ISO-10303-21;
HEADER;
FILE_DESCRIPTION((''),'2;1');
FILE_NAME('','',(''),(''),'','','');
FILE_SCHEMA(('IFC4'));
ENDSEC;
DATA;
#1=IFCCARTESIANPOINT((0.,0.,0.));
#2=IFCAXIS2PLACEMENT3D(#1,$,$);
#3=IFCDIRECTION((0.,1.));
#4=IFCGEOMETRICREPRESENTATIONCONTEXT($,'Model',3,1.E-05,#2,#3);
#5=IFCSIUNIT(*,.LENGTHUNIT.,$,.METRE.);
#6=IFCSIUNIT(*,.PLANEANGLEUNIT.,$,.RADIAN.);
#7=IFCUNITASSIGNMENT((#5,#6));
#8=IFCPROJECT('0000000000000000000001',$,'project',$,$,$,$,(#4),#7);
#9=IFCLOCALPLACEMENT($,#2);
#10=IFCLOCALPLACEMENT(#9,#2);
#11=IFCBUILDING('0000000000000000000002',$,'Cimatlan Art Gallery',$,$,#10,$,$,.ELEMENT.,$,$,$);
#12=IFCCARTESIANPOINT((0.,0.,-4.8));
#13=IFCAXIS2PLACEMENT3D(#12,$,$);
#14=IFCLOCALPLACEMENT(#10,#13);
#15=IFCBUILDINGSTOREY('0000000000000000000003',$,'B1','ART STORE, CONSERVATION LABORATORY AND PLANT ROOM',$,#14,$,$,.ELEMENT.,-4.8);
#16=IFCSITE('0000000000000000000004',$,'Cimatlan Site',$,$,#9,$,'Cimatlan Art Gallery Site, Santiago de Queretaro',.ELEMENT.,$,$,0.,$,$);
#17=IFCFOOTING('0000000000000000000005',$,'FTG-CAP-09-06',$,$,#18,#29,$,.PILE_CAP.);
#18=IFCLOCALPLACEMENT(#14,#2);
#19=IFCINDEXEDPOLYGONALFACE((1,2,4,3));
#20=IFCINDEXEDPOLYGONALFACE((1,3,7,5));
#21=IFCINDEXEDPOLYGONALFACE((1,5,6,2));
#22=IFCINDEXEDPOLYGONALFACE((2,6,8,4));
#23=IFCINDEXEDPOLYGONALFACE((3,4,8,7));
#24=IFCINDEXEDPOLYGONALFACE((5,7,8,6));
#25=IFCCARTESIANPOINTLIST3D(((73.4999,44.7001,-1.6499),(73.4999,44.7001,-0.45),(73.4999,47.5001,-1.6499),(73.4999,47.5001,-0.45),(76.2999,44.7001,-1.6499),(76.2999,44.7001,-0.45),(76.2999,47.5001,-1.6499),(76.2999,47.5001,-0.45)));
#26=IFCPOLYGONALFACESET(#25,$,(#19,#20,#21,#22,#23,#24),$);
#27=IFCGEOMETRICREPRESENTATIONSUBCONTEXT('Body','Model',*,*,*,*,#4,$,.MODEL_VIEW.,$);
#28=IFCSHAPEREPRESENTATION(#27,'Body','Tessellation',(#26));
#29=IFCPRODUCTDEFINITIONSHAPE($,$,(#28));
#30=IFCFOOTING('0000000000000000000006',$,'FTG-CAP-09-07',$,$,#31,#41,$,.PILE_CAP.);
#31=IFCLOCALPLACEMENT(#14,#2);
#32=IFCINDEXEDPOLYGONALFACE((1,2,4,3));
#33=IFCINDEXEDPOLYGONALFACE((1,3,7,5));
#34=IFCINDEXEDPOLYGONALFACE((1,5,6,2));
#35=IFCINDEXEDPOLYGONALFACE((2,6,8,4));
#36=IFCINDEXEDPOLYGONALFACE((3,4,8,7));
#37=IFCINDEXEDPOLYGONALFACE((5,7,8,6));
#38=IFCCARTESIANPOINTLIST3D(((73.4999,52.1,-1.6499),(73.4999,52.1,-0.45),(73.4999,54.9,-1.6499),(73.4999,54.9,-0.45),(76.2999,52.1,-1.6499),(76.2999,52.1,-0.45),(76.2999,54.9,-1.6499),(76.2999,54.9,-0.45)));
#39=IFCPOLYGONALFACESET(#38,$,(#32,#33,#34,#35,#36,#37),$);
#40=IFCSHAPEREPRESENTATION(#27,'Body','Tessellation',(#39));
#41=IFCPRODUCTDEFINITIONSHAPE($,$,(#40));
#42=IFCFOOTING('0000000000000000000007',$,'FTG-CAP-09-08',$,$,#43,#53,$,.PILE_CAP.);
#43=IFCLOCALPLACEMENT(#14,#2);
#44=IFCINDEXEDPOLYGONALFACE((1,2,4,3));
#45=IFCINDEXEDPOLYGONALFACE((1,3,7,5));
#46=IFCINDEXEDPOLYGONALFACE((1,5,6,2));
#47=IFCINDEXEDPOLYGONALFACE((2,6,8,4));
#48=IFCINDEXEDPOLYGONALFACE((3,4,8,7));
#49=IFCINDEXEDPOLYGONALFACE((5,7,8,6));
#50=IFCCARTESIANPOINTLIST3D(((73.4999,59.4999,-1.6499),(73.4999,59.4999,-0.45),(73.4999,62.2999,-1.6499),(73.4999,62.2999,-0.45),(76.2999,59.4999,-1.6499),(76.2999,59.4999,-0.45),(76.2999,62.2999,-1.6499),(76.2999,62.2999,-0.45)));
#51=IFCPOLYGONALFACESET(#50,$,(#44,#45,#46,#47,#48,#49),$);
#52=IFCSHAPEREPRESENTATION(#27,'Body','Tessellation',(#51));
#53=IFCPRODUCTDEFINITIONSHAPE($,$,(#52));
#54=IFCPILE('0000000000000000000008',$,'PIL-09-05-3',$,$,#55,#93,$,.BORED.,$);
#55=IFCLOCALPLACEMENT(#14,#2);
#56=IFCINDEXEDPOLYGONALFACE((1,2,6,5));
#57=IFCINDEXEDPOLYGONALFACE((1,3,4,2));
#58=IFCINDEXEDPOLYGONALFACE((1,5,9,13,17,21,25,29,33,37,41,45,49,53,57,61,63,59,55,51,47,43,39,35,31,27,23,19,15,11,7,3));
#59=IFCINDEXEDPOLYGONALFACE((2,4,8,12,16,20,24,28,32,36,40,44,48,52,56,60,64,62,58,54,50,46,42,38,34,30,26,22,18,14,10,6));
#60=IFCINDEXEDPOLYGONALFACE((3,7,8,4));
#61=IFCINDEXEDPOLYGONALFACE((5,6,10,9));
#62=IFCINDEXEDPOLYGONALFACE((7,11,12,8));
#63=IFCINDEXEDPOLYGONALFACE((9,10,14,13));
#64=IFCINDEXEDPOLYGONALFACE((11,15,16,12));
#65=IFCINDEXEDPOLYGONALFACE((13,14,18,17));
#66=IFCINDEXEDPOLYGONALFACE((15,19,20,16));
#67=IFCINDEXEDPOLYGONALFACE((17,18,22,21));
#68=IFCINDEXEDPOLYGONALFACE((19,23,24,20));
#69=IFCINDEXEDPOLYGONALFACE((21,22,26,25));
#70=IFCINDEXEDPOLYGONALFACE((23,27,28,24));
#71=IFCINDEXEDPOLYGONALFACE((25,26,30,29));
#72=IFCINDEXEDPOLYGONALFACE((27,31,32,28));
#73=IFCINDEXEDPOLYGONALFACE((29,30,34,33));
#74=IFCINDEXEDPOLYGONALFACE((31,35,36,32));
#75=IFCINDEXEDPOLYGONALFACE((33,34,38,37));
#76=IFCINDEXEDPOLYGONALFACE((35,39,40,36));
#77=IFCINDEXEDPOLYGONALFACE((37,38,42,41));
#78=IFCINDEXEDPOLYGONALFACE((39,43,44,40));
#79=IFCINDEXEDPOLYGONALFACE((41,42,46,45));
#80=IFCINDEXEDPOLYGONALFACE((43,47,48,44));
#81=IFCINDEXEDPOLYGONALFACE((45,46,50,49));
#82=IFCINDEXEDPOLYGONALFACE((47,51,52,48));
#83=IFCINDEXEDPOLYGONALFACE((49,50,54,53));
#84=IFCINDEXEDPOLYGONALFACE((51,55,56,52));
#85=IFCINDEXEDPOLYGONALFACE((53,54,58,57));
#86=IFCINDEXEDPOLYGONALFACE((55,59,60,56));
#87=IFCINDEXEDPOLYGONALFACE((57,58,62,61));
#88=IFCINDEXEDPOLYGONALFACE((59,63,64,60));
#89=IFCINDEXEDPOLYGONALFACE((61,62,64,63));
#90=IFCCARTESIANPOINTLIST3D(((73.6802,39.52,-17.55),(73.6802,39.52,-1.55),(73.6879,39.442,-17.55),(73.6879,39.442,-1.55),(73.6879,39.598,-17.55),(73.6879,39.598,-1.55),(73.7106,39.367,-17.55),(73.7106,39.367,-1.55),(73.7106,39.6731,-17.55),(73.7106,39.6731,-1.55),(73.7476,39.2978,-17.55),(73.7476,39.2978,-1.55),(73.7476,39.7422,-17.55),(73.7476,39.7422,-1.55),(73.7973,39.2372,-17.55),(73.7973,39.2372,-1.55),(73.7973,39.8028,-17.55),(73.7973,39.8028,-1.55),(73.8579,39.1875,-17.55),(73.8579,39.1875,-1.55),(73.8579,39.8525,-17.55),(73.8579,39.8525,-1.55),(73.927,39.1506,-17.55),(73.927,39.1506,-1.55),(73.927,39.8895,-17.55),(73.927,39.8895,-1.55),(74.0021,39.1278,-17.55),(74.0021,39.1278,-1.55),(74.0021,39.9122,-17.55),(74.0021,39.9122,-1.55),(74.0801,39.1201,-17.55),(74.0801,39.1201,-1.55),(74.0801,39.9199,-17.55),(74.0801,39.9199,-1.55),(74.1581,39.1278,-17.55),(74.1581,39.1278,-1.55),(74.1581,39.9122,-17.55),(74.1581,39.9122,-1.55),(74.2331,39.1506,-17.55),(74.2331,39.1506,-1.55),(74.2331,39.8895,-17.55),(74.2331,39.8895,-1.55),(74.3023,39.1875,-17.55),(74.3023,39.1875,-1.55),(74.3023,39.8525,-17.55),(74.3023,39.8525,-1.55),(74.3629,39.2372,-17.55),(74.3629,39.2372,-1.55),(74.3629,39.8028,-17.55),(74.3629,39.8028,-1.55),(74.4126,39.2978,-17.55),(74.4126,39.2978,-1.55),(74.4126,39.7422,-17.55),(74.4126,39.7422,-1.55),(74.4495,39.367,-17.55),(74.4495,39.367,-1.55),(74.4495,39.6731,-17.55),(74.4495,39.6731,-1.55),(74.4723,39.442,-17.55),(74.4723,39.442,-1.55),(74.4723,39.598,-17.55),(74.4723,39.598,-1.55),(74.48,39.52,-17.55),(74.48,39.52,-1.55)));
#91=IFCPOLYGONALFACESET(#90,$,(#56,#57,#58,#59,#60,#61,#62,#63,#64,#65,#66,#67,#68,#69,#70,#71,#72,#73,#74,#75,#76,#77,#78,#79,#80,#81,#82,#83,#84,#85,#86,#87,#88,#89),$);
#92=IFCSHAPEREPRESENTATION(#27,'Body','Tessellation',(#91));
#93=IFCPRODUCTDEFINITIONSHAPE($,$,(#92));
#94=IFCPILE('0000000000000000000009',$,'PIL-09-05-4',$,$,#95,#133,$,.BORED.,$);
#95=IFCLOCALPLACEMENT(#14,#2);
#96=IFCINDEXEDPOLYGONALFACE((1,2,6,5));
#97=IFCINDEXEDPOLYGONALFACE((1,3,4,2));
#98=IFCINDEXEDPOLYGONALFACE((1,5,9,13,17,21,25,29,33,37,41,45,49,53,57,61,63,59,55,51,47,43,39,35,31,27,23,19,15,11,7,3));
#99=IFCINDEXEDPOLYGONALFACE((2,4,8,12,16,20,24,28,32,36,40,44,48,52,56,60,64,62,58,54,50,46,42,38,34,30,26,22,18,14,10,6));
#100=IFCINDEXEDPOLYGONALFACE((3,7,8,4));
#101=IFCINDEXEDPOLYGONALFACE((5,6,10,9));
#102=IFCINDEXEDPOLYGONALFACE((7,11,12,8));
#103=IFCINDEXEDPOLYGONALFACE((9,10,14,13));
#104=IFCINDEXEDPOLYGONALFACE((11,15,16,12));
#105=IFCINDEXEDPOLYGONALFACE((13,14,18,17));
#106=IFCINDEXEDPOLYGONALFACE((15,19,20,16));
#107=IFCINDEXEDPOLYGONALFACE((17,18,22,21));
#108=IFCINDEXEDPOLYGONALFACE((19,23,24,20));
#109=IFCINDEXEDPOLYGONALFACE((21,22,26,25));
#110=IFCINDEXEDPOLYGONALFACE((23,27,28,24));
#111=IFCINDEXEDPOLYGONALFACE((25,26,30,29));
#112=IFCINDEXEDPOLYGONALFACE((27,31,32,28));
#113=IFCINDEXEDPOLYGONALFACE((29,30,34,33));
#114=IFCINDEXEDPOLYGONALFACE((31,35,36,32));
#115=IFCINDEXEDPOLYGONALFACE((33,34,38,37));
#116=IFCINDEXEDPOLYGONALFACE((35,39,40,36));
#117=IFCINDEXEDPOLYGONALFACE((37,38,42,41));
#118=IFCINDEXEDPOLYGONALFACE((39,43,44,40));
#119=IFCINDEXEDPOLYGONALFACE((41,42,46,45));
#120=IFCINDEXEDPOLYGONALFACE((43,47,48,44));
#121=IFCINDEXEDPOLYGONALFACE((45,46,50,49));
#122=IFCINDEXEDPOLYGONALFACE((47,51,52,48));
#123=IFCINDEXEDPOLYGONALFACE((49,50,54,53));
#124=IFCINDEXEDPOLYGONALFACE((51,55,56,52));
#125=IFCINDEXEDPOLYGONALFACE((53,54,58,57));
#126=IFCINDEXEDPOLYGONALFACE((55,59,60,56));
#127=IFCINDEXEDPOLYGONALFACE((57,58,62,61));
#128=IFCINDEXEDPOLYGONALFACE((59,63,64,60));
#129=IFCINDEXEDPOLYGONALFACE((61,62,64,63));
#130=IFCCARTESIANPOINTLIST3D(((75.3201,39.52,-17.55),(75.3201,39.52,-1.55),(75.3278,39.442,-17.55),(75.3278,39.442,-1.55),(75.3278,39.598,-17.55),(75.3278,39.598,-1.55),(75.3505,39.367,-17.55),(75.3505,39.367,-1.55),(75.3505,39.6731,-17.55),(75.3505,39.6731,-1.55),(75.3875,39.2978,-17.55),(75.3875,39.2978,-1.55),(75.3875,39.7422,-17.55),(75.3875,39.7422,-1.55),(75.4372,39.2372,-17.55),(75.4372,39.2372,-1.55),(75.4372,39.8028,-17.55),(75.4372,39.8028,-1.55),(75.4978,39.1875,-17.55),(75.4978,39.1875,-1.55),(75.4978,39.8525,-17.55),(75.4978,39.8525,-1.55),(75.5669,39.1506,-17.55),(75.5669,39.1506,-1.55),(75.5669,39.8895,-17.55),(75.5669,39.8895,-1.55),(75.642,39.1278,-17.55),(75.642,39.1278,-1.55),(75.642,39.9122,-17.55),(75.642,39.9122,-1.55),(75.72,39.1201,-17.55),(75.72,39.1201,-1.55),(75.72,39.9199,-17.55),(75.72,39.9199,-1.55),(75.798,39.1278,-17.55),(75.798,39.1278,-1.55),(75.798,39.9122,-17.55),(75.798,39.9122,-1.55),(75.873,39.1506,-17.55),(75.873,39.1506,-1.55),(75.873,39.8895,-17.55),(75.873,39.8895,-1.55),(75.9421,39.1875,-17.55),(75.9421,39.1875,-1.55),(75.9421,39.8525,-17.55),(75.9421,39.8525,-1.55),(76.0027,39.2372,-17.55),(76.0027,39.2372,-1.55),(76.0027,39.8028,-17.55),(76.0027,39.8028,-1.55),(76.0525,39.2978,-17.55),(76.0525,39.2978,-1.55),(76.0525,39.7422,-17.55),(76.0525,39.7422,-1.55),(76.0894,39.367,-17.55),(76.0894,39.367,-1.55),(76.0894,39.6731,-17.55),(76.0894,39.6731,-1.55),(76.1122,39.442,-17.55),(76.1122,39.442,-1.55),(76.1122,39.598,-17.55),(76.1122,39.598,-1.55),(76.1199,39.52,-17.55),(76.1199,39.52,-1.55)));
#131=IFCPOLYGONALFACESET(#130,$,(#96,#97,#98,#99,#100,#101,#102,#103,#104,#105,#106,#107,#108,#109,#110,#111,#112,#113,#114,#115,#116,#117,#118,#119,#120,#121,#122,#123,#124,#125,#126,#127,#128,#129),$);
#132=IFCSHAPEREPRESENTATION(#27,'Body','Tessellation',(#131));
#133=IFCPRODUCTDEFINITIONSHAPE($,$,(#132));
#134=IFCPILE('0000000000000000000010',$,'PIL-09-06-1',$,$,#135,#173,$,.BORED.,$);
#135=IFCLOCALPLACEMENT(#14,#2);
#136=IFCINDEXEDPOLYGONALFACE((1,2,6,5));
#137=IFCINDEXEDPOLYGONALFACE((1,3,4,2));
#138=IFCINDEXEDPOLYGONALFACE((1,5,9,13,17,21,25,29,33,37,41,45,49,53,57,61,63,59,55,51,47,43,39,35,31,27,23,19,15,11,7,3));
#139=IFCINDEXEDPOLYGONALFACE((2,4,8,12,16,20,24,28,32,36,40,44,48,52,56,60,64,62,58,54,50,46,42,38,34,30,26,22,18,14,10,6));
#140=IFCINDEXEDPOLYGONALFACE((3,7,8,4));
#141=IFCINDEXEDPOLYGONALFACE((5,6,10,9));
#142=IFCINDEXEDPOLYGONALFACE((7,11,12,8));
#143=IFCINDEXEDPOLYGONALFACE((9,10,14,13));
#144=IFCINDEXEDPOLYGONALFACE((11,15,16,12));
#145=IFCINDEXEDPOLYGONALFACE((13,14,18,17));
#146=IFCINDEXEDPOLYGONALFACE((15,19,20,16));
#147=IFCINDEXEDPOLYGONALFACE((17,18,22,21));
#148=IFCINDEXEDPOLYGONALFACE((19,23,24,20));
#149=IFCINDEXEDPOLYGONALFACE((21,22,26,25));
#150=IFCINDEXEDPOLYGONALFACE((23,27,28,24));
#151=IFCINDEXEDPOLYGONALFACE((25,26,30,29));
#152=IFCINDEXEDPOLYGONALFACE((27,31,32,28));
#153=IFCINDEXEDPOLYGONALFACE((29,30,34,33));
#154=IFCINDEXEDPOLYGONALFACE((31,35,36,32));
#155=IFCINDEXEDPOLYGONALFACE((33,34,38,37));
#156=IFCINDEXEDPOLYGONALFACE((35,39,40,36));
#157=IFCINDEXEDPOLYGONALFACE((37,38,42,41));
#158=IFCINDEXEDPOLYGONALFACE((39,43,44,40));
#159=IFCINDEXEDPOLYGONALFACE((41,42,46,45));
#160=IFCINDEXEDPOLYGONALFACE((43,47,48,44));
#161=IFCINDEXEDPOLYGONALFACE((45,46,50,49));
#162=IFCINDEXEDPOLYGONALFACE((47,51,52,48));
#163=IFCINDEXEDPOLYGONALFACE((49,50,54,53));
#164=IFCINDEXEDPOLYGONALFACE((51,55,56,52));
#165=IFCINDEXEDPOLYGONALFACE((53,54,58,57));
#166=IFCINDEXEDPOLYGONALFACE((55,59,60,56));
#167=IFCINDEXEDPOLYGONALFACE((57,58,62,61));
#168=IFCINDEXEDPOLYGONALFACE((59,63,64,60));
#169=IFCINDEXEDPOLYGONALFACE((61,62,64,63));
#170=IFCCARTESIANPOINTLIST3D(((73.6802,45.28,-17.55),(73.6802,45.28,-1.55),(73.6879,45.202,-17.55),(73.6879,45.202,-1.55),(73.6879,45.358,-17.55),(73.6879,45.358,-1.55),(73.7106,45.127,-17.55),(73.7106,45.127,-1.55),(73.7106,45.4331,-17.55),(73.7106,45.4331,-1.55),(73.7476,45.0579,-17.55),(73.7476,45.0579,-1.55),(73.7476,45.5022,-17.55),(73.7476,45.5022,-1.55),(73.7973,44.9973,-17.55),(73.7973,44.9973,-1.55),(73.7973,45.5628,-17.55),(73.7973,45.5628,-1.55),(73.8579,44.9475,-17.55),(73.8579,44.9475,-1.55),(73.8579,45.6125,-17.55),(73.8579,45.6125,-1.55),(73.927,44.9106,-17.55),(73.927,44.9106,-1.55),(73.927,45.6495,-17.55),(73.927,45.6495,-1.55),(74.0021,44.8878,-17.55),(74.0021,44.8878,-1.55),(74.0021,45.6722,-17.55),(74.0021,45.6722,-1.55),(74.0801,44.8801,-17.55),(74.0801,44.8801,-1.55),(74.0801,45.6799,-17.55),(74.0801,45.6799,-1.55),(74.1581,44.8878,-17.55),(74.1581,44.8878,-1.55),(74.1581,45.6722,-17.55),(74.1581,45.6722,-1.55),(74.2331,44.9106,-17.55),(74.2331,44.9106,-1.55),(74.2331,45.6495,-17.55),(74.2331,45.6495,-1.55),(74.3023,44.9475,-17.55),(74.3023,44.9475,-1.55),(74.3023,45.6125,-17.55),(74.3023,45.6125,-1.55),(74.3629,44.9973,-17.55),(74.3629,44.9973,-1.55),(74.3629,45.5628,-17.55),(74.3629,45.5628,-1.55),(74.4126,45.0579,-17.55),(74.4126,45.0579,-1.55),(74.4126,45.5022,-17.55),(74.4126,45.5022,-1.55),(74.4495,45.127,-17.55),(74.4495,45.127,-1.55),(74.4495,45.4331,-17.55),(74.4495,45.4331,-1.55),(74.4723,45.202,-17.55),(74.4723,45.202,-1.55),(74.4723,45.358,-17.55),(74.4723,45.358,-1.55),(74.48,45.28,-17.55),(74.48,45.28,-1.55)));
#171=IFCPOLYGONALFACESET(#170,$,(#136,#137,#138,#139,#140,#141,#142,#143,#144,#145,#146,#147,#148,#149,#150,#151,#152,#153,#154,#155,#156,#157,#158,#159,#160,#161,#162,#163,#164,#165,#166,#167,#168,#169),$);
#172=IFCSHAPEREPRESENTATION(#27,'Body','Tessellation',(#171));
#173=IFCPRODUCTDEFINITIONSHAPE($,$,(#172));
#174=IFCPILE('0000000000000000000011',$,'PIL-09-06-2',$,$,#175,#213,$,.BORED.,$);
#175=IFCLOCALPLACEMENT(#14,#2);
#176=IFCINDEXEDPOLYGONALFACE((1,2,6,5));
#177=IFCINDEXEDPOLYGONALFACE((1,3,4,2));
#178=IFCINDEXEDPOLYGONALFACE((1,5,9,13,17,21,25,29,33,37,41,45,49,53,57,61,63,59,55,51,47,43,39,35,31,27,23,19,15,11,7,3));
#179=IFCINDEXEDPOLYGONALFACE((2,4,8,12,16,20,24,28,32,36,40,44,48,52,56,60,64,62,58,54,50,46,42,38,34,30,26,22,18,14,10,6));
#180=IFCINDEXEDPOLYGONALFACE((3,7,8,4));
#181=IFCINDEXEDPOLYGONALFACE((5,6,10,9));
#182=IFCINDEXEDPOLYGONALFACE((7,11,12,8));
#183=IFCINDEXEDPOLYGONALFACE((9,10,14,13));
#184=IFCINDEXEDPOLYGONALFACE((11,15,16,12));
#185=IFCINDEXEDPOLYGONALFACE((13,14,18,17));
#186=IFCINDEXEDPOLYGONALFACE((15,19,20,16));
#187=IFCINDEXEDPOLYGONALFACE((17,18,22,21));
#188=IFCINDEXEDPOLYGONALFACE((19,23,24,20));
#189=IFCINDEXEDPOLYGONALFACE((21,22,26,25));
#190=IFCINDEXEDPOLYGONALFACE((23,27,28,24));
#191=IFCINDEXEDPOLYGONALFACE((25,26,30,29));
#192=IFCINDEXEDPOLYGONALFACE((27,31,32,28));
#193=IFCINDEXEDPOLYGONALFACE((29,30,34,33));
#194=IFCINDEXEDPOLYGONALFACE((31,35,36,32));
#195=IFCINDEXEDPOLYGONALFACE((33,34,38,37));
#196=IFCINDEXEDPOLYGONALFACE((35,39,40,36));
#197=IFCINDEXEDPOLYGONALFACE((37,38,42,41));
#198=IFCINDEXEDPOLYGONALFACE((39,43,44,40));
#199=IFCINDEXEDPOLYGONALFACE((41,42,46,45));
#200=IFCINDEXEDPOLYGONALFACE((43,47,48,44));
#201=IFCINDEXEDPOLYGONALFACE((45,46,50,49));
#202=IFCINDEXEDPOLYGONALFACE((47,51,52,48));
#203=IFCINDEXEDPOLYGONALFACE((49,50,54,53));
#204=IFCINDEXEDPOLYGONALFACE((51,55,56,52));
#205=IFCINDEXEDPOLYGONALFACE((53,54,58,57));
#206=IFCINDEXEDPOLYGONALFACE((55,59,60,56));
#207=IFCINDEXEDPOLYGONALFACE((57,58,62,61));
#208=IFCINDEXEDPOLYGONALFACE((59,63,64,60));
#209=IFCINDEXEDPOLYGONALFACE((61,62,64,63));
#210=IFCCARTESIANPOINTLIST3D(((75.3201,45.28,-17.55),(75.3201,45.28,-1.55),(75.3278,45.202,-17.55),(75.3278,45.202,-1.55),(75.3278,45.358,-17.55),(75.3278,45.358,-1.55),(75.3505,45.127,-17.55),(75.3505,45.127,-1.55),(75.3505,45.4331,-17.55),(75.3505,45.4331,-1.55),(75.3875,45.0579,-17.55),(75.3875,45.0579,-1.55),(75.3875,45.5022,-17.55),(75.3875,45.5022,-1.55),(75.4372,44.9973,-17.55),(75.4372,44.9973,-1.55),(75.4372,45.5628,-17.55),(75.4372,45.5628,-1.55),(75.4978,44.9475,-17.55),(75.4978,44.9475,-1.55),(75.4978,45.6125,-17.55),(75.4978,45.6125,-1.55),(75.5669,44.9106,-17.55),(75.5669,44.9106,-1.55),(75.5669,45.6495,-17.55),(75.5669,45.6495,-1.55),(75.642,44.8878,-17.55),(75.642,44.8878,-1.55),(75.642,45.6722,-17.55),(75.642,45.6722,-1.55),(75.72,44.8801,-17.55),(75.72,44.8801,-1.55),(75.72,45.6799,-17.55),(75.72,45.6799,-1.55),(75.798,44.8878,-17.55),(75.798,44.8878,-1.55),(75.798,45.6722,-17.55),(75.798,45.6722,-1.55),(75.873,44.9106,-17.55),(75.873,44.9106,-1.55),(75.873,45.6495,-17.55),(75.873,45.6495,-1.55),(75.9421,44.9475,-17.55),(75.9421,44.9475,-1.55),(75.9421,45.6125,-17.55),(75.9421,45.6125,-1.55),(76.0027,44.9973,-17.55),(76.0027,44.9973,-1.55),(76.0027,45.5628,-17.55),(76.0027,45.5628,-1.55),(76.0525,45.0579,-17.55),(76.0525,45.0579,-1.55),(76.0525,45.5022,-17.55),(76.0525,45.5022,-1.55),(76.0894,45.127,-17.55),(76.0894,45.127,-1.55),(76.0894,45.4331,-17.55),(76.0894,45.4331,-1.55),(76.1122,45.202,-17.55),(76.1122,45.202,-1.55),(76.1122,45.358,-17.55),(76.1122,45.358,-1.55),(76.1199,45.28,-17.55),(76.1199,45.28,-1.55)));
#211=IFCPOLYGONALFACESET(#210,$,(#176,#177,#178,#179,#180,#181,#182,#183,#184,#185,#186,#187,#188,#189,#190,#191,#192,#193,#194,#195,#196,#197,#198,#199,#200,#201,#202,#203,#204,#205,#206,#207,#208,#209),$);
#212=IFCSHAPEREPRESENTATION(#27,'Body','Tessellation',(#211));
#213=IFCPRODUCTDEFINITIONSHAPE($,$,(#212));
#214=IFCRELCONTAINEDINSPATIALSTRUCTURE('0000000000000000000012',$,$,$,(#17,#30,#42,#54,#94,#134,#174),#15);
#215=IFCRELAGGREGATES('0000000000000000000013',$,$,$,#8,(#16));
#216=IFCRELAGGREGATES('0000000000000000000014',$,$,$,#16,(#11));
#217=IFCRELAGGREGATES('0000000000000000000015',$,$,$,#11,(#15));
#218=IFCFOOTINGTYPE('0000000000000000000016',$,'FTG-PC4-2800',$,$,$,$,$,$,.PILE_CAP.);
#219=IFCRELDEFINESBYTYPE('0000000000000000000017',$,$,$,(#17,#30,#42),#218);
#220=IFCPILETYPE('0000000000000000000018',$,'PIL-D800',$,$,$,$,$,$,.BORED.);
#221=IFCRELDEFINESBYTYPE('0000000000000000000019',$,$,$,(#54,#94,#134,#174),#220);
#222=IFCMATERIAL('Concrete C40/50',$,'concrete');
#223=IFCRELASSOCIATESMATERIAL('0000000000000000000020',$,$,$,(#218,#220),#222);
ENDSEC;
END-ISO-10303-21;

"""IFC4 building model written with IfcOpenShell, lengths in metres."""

from ifc_helpers import new_model, si_unit, direction, frame, origin, origin_2d, place, context, subcontext, project, spatial, rectangle, circle, extrude, material, type_object, element, save


model = new_model("IFC4")

# Units and contexts
model_context = context("Model", 3, precision=1e-05, world=origin(), true_north=direction((0.0, 1.0)))
body_context = subcontext(model_context, "Body", "Model", "MODEL_VIEW")
ifc_project = project(units=[si_unit("LENGTHUNIT", "METRE"), si_unit("PLANEANGLEUNIT", "RADIAN")], contexts=[model_context])

# Site, building, storey
site_placement = place(None, origin())
site = spatial("IfcSite", under=ifc_project, at=site_placement, Name="Cimatlan Site", LongName="Cimatlan Art Gallery Site, Santiago de Queretaro", CompositionType="ELEMENT", RefElevation=0.0)
building_placement = place(site_placement, origin())
building = spatial("IfcBuilding", under=site, at=building_placement, Name="Cimatlan Art Gallery", CompositionType="ELEMENT")
storey_placement = place(building_placement, frame((0.0, 0.0, -4.8)))
storey = spatial("IfcBuildingStorey", under=building, at=storey_placement, Name="B1", Description="ART STORE, CONSERVATION LABORATORY AND PLANT ROOM", CompositionType="ELEMENT", Elevation=-4.8)

# Footings
ifc_material_1 = material(Name="Concrete C40/50", Category="concrete")
footing_type = type_object("IfcFootingType", Name="FTG-PC4-2800", PredefinedType="PILE_CAP", material=ifc_material_1)
for number, where, z_axis, x_axis, name in (
    (1, (74.8999, 46.1001, -1.6499), (0.0, 0.0, 1.0), (1.0, 0.0, 0.0), "FTG-CAP-09-06"),
    (2, (74.8999, 53.5, -1.6499), (0.0, 0.0, 1.0), (1.0, 0.0, 0.0), "FTG-CAP-09-07"),
    (3, (74.8999, 60.8999, -1.6499), (0.0, 0.0, 1.0), (1.0, 0.0, 0.0), "FTG-CAP-09-08"),
):
    element("IfcFooting", number, at=place(storey_placement, frame(where, z_axis=z_axis, x_axis=x_axis)), inside=storey, type_object=footing_type, Name=name, PredefinedType="PILE_CAP", context=body_context, shape_type="SweptSolid", body=[
        extrude(rectangle(XDim=2.8, YDim=2.8, at=origin_2d()), origin(), (0.0, 0.0, 1.0), 1.2),
    ])

# Piles
pile_type = type_object("IfcPileType", Name="PIL-D800", PredefinedType="BORED", material=ifc_material_1)
for number, where, z_axis, x_axis, name in (
    (4, (74.0801, 39.52, -1.55), (0.0, 0.0, -1.0), (1.0, 0.0, 0.0), "PIL-09-05-3"),
    (5, (75.72, 39.52, -1.55), (0.0, 0.0, -1.0), (1.0, 0.0, 0.0), "PIL-09-05-4"),
    (6, (74.0801, 45.28, -1.55), (0.0, 0.0, -1.0), (1.0, 0.0, 0.0), "PIL-09-06-1"),
    (7, (75.72, 45.28, -1.55), (0.0, 0.0, -1.0), (1.0, 0.0, 0.0), "PIL-09-06-2"),
):
    element("IfcPile", number, at=place(storey_placement, frame(where, z_axis=z_axis, x_axis=x_axis)), inside=storey, type_object=pile_type, Name=name, PredefinedType="BORED", context=body_context, shape_type="SweptSolid", body=[
        extrude(circle(Radius=0.3999, at=origin_2d()), origin(), (0.0, 0.0, 1.0), 16.0),
    ])

save(model, "model.ifc")
